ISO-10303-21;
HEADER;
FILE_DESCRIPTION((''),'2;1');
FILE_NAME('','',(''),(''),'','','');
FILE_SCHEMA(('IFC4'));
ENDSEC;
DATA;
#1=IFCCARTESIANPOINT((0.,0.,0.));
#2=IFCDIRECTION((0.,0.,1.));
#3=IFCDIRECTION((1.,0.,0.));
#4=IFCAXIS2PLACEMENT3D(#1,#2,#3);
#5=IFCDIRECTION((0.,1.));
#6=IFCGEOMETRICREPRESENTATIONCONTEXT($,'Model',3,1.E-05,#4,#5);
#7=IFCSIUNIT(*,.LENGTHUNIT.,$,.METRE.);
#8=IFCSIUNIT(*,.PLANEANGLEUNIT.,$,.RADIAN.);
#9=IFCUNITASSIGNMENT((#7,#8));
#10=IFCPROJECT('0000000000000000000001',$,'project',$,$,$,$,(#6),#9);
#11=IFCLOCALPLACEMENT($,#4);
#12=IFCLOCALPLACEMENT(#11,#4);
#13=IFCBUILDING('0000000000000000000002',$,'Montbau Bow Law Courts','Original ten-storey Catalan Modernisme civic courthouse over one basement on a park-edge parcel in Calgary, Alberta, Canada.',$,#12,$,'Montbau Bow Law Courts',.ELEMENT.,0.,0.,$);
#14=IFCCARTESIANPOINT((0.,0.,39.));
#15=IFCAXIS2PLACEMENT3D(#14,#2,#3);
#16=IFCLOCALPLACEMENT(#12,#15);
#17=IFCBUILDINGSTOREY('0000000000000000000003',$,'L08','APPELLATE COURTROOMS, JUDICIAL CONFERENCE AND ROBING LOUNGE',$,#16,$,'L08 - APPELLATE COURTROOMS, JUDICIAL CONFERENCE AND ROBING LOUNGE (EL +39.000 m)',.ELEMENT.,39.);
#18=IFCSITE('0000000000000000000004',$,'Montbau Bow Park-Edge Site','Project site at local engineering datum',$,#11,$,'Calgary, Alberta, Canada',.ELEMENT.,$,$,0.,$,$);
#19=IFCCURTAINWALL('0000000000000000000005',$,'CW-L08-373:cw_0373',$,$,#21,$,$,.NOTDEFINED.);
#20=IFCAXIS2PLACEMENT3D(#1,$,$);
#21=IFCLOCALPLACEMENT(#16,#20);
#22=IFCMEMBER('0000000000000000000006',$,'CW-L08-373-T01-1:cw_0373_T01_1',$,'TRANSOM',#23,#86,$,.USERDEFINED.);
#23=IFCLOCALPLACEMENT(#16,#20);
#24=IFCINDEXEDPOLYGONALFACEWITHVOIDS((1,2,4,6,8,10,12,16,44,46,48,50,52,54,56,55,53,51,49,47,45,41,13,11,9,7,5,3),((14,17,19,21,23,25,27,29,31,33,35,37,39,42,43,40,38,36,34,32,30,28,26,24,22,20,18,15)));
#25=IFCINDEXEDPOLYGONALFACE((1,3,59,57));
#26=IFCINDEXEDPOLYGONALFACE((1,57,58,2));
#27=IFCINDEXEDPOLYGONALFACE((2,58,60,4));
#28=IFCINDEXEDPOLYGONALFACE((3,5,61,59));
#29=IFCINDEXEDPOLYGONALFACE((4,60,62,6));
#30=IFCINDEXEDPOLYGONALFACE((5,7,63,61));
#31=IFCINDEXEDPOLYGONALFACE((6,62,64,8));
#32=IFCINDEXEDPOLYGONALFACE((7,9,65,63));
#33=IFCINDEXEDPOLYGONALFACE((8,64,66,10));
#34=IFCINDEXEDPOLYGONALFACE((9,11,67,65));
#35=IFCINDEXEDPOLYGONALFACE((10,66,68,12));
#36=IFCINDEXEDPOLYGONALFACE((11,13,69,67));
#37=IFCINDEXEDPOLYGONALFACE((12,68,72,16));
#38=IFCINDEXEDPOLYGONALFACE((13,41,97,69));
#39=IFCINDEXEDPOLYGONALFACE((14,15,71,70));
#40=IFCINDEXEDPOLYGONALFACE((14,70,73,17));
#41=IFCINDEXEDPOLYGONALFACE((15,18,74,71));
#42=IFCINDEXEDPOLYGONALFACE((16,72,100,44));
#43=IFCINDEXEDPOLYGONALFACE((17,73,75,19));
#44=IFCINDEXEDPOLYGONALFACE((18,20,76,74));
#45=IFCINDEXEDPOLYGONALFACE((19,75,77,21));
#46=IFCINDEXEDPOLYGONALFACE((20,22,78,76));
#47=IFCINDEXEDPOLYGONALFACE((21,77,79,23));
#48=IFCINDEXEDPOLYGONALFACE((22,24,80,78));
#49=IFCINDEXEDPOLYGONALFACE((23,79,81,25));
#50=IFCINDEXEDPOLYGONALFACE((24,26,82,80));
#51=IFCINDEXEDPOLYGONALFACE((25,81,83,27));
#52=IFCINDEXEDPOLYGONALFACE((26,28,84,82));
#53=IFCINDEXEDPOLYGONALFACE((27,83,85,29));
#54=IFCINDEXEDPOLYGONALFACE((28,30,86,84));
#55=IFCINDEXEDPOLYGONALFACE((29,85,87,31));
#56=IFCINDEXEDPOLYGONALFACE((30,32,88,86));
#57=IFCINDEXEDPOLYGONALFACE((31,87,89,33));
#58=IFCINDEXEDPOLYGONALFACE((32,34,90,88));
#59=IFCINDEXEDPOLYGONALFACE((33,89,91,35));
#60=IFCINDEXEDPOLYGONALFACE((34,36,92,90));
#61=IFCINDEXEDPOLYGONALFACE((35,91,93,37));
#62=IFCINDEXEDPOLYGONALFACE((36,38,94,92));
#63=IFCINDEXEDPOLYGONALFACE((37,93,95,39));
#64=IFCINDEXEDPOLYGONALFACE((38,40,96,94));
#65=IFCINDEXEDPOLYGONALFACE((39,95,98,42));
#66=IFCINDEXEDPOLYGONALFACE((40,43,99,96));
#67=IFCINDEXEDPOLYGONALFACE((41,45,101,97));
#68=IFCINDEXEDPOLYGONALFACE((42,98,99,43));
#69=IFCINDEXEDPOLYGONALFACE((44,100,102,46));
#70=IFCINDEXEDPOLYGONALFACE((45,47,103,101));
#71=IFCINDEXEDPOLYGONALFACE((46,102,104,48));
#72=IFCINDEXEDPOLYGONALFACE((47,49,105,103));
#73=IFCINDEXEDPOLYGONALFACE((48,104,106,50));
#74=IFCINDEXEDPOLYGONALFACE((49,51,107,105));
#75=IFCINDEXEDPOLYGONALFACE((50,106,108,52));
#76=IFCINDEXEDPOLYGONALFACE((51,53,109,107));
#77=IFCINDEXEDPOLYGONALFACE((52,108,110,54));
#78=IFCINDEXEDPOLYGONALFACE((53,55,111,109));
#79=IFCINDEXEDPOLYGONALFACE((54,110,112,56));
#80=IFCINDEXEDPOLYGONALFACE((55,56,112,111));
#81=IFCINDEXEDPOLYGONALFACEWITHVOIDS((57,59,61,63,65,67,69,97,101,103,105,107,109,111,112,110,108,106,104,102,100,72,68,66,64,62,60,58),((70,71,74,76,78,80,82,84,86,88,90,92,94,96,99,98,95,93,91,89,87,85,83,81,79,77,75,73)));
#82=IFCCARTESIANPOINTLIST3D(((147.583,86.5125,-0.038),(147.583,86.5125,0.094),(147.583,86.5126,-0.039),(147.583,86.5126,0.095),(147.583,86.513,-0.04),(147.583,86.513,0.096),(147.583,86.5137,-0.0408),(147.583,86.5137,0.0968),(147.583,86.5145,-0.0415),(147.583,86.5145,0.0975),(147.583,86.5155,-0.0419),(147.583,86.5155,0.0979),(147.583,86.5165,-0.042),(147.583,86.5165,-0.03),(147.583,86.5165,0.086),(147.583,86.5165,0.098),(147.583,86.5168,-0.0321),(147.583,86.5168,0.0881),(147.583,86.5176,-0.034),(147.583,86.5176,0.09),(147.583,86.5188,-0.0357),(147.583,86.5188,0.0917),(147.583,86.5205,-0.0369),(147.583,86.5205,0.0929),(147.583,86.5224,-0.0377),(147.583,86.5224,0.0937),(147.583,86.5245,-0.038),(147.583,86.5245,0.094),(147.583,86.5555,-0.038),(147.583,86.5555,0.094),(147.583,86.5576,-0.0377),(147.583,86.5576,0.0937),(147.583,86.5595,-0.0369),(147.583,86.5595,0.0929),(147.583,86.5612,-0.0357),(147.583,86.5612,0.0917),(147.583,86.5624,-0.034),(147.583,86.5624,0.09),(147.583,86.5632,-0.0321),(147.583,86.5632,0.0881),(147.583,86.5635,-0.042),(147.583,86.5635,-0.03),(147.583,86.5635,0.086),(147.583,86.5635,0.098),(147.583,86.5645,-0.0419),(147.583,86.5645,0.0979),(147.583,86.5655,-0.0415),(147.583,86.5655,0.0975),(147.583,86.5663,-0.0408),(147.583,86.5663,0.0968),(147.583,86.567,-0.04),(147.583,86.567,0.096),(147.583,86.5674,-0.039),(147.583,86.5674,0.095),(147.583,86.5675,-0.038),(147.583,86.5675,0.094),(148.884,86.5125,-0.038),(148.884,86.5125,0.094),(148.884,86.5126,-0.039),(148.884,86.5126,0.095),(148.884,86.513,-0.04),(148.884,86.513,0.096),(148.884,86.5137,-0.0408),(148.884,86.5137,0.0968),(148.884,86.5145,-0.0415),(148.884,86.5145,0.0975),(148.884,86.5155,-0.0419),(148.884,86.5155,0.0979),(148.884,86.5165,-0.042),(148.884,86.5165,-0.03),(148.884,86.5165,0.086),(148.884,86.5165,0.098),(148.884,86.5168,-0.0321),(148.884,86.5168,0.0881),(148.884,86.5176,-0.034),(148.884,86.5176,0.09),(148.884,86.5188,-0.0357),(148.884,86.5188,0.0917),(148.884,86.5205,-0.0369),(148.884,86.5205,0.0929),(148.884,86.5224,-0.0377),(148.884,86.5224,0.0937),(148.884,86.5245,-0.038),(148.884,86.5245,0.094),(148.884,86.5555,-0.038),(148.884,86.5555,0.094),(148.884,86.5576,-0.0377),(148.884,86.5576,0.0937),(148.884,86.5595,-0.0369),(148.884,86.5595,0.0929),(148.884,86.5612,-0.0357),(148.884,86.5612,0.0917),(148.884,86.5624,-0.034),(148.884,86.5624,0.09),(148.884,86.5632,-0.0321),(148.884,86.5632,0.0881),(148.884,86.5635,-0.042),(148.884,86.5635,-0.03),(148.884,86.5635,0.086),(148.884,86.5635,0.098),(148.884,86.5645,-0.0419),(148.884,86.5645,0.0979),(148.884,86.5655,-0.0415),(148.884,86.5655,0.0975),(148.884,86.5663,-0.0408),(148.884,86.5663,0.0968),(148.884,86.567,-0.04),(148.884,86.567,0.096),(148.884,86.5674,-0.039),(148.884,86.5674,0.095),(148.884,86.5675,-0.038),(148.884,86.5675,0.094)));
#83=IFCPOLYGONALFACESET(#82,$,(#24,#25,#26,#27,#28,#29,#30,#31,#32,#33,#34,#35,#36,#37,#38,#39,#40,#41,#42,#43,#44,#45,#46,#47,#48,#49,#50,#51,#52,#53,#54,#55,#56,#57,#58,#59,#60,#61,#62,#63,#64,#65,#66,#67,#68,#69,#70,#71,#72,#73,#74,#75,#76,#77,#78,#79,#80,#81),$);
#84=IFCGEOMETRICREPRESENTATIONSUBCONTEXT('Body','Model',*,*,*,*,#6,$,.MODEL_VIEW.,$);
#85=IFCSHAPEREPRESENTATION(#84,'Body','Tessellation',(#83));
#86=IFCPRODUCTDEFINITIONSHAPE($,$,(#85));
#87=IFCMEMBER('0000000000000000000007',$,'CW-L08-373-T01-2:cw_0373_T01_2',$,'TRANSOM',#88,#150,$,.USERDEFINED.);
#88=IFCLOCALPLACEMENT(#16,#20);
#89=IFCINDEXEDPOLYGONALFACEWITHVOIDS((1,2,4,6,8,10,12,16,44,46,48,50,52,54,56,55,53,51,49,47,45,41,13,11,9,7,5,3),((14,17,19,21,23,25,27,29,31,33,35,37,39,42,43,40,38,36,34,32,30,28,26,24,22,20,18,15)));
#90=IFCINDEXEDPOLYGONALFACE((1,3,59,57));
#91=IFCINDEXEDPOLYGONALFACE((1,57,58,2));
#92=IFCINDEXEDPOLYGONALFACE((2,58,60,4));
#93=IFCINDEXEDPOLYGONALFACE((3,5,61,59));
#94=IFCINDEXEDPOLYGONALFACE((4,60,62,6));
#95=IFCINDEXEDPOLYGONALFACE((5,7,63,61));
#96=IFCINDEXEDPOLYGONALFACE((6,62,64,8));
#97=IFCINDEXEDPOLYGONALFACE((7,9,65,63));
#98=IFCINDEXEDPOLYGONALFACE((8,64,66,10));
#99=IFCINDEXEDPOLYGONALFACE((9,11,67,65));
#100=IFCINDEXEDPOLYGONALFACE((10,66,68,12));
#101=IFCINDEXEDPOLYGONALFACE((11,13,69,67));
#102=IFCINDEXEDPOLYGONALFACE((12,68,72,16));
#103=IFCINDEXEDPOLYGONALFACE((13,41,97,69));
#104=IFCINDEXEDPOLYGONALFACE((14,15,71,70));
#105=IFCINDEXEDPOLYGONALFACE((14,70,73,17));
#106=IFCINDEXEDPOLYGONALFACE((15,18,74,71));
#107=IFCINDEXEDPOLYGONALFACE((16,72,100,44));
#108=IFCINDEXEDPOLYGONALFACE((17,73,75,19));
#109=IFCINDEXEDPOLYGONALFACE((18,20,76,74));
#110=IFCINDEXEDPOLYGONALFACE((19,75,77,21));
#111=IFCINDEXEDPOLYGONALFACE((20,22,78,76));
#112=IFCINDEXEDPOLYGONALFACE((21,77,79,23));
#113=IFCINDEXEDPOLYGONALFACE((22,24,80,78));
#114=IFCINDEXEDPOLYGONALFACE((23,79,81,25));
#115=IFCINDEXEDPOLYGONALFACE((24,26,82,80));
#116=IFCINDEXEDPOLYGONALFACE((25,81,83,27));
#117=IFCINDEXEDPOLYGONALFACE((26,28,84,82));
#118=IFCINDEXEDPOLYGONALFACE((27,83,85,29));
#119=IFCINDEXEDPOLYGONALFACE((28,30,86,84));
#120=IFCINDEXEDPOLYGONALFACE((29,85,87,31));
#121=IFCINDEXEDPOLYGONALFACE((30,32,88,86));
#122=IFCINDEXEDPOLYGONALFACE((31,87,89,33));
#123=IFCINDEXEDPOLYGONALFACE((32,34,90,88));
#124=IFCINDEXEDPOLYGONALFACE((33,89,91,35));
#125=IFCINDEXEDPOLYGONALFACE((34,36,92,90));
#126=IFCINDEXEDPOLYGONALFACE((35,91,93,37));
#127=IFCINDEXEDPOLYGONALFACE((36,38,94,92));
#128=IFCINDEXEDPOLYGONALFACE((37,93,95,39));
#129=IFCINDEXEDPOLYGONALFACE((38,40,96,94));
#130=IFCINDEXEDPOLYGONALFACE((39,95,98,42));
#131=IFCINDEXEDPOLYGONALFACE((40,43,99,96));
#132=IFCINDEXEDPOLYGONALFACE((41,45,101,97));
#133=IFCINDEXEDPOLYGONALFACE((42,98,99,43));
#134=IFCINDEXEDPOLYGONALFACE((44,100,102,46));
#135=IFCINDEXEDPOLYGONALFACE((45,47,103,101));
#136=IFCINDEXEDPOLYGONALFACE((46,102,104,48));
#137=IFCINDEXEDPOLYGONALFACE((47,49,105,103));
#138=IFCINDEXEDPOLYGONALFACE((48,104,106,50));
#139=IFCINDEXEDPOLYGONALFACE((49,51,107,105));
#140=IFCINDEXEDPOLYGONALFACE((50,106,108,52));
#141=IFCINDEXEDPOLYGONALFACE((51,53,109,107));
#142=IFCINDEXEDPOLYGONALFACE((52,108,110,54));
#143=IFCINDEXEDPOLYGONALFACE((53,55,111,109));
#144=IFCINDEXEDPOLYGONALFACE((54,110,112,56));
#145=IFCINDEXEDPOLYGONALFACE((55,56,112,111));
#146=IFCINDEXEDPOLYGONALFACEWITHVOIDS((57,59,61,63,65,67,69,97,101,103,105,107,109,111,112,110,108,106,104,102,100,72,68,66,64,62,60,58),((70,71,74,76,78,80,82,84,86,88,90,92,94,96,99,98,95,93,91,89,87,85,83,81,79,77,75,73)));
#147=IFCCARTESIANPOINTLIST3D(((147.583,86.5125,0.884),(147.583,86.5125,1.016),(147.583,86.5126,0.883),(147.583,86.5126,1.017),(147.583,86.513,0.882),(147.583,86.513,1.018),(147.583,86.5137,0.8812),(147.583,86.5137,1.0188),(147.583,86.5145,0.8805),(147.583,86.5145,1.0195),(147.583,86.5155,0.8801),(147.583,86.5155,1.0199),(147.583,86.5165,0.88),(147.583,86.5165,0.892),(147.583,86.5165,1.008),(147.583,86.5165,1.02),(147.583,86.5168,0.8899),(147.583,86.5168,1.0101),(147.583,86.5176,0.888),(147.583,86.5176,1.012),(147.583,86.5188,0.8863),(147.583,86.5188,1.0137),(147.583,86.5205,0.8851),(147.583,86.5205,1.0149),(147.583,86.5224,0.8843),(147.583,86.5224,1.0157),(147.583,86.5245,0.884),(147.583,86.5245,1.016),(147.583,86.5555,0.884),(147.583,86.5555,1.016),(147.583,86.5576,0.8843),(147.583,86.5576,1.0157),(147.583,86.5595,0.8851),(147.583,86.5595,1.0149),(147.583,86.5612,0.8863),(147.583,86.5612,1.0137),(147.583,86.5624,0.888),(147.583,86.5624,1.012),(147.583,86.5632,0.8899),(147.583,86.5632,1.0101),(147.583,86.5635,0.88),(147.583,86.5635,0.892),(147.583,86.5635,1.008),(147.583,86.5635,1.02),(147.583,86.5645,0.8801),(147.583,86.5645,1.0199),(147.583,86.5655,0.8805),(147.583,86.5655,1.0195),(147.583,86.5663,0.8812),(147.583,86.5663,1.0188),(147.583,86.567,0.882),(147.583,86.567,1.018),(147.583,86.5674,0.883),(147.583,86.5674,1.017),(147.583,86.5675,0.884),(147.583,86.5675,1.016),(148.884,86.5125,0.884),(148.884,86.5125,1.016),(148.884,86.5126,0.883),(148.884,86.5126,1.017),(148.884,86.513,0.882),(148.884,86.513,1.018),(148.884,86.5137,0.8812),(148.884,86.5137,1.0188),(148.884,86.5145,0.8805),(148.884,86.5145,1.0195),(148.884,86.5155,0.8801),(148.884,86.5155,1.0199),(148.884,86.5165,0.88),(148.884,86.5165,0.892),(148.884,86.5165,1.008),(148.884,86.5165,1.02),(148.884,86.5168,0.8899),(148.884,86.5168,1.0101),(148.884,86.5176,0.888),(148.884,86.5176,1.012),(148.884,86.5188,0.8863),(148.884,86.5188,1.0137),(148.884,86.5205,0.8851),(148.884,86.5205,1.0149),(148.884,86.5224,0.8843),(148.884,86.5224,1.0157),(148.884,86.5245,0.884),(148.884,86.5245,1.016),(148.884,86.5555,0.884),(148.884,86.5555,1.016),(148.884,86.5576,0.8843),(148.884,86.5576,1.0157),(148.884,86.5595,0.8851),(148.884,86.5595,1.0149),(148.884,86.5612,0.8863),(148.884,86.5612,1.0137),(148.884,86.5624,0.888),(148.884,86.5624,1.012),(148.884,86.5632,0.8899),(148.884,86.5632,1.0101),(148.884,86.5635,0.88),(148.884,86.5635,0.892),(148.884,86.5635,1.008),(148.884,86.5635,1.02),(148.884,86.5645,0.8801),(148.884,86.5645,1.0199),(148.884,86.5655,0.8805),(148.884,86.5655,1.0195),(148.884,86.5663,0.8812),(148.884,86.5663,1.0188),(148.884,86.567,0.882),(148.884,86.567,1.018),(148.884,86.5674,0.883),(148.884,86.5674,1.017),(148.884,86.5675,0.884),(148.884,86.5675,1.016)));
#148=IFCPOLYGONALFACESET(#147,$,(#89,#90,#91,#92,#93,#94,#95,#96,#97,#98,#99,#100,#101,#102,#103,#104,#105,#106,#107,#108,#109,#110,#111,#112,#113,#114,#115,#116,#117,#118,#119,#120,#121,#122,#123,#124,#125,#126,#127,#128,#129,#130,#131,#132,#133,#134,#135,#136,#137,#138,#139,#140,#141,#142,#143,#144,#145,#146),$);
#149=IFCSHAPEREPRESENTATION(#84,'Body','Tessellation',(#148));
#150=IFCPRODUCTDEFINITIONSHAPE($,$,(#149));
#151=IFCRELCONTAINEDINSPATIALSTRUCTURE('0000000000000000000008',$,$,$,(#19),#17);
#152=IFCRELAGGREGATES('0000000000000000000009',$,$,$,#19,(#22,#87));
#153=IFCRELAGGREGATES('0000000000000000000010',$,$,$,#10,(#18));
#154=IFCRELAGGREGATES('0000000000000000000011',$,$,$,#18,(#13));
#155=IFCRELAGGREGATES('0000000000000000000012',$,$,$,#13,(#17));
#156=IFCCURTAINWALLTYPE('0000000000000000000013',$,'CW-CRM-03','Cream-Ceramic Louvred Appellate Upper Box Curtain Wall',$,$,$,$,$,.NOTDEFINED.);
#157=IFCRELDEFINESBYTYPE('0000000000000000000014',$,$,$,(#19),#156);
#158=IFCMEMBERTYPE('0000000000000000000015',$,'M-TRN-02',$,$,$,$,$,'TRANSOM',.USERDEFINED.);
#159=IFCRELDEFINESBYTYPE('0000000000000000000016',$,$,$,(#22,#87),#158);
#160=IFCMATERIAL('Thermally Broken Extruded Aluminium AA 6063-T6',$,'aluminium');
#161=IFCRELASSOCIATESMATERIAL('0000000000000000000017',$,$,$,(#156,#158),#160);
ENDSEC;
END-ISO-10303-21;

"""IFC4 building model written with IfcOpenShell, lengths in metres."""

from ifc_helpers import new_model, si_unit, direction, frame, origin_with_axes, origin_2d_with_axis, place, context, subcontext, project, spatial, hollow_rectangle, extrude, material, material_profile, profile_set, type_object, element, aggregate, save


model = new_model("IFC4")

# Units and contexts
model_context = context("Model", 3, precision=1e-05, world=origin_with_axes(), true_north=direction((0.0, 1.0)))
body_context = subcontext(model_context, "Body", "Model", "MODEL_VIEW")
ifc_project = project(units=[si_unit("LENGTHUNIT", "METRE"), si_unit("PLANEANGLEUNIT", "RADIAN")], contexts=[model_context])

# Site, building, storey
site_placement = place(None, origin_with_axes())
site = spatial("IfcSite", under=ifc_project, at=site_placement, Name="Montbau Bow Park-Edge Site", Description="Project site at local engineering datum", LongName="Calgary, Alberta, Canada", CompositionType="ELEMENT", RefElevation=0.0)
building_placement = place(site_placement, origin_with_axes())
building = spatial("IfcBuilding", under=site, at=building_placement, Name="Montbau Bow Law Courts", Description="Original ten-storey Catalan Modernisme civic courthouse over one basement on a park-edge parcel in Calgary, Alberta, Canada.", LongName="Montbau Bow Law Courts", CompositionType="ELEMENT", ElevationOfRefHeight=0.0, ElevationOfTerrain=0.0)
storey_placement = place(building_placement, frame((0.0, 0.0, 39.0), z_axis=(0.0, 0.0, 1.0), x_axis=(1.0, 0.0, 0.0)))
storey = spatial("IfcBuildingStorey", under=building, at=storey_placement, Name="L08", Description="APPELLATE COURTROOMS, JUDICIAL CONFERENCE AND ROBING LOUNGE", LongName="L08 - APPELLATE COURTROOMS, JUDICIAL CONFERENCE AND ROBING LOUNGE (EL +39.000 m)", CompositionType="ELEMENT", Elevation=39.0)

# Shared definitions
ifc_material_1 = material(Name="Thermally Broken Extruded Aluminium AA 6063-T6", Category="aluminium")
curtain_wall_type = type_object("IfcCurtainWallType", Name="CW-CRM-03", Description="Cream-Ceramic Louvred Appellate Upper Box Curtain Wall", PredefinedType="NOTDEFINED", material=ifc_material_1)

# Curtain wall, members
curtain_wall_1_placement = place(None, frame((147.515, 86.54, 39.0), z_axis=(0.0, 0.0, 1.0), x_axis=(1.0, 0.0, 0.0)))
curtain_wall_1 = element("IfcCurtainWall", 1, at=curtain_wall_1_placement, inside=storey, type_object=curtain_wall_type, Name="CW-L08-373:cw_0373", PredefinedType="NOTDEFINED")
ifc_material_profile_1 = material_profile(ifc_material_1, hollow_rectangle(XDim=0.055, YDim=0.14, WallThickness=0.004, InnerFilletRadius=0.008, OuterFilletRadius=0.004, at=origin_2d_with_axis()), Name="CWT-140X55", Category="Main", Priority=0)
ifc_profile_set_1 = profile_set([ifc_material_profile_1], Name="Thermally Broken Extruded Aluminium AA 6063-T6")
member_type_1 = type_object("IfcMemberType", Name="M-TRN-02", ElementType="TRANSOM", PredefinedType="USERDEFINED", material=ifc_profile_set_1)
member_1_placement = place(None, frame((147.583, 86.54, 39.028), z_axis=(1.0, 0.0, 0.0), x_axis=(0.0, 1.0, 0.0)))
member_1 = element("IfcMember", 2, at=member_1_placement, type_object=member_type_1, Name="CW-L08-373-T01-1:cw_0373_T01_1", ObjectType="TRANSOM", PredefinedType="USERDEFINED", context=body_context, shape_type="SweptSolid", body=[
    extrude(hollow_rectangle(XDim=0.055, YDim=0.14, WallThickness=0.004, InnerFilletRadius=0.008, OuterFilletRadius=0.004, at=origin_2d_with_axis()), origin_with_axes(), (0.0, 0.0, 1.0), 1.301),
])
member_2_placement = place(None, frame((147.583, 86.54, 39.95), z_axis=(1.0, 0.0, 0.0), x_axis=(0.0, 1.0, 0.0)))
member_2 = element("IfcMember", 3, at=member_2_placement, type_object=member_type_1, Name="CW-L08-373-T01-2:cw_0373_T01_2", ObjectType="TRANSOM", PredefinedType="USERDEFINED", context=body_context, shape_type="SweptSolid", body=[
    extrude(hollow_rectangle(XDim=0.055, YDim=0.14, WallThickness=0.004, InnerFilletRadius=0.008, OuterFilletRadius=0.004, at=origin_2d_with_axis()), origin_with_axes(), (0.0, 0.0, 1.0), 1.301),
])
aggregate(curtain_wall_1, [member_1, member_2])

save(model, "model.ifc")
